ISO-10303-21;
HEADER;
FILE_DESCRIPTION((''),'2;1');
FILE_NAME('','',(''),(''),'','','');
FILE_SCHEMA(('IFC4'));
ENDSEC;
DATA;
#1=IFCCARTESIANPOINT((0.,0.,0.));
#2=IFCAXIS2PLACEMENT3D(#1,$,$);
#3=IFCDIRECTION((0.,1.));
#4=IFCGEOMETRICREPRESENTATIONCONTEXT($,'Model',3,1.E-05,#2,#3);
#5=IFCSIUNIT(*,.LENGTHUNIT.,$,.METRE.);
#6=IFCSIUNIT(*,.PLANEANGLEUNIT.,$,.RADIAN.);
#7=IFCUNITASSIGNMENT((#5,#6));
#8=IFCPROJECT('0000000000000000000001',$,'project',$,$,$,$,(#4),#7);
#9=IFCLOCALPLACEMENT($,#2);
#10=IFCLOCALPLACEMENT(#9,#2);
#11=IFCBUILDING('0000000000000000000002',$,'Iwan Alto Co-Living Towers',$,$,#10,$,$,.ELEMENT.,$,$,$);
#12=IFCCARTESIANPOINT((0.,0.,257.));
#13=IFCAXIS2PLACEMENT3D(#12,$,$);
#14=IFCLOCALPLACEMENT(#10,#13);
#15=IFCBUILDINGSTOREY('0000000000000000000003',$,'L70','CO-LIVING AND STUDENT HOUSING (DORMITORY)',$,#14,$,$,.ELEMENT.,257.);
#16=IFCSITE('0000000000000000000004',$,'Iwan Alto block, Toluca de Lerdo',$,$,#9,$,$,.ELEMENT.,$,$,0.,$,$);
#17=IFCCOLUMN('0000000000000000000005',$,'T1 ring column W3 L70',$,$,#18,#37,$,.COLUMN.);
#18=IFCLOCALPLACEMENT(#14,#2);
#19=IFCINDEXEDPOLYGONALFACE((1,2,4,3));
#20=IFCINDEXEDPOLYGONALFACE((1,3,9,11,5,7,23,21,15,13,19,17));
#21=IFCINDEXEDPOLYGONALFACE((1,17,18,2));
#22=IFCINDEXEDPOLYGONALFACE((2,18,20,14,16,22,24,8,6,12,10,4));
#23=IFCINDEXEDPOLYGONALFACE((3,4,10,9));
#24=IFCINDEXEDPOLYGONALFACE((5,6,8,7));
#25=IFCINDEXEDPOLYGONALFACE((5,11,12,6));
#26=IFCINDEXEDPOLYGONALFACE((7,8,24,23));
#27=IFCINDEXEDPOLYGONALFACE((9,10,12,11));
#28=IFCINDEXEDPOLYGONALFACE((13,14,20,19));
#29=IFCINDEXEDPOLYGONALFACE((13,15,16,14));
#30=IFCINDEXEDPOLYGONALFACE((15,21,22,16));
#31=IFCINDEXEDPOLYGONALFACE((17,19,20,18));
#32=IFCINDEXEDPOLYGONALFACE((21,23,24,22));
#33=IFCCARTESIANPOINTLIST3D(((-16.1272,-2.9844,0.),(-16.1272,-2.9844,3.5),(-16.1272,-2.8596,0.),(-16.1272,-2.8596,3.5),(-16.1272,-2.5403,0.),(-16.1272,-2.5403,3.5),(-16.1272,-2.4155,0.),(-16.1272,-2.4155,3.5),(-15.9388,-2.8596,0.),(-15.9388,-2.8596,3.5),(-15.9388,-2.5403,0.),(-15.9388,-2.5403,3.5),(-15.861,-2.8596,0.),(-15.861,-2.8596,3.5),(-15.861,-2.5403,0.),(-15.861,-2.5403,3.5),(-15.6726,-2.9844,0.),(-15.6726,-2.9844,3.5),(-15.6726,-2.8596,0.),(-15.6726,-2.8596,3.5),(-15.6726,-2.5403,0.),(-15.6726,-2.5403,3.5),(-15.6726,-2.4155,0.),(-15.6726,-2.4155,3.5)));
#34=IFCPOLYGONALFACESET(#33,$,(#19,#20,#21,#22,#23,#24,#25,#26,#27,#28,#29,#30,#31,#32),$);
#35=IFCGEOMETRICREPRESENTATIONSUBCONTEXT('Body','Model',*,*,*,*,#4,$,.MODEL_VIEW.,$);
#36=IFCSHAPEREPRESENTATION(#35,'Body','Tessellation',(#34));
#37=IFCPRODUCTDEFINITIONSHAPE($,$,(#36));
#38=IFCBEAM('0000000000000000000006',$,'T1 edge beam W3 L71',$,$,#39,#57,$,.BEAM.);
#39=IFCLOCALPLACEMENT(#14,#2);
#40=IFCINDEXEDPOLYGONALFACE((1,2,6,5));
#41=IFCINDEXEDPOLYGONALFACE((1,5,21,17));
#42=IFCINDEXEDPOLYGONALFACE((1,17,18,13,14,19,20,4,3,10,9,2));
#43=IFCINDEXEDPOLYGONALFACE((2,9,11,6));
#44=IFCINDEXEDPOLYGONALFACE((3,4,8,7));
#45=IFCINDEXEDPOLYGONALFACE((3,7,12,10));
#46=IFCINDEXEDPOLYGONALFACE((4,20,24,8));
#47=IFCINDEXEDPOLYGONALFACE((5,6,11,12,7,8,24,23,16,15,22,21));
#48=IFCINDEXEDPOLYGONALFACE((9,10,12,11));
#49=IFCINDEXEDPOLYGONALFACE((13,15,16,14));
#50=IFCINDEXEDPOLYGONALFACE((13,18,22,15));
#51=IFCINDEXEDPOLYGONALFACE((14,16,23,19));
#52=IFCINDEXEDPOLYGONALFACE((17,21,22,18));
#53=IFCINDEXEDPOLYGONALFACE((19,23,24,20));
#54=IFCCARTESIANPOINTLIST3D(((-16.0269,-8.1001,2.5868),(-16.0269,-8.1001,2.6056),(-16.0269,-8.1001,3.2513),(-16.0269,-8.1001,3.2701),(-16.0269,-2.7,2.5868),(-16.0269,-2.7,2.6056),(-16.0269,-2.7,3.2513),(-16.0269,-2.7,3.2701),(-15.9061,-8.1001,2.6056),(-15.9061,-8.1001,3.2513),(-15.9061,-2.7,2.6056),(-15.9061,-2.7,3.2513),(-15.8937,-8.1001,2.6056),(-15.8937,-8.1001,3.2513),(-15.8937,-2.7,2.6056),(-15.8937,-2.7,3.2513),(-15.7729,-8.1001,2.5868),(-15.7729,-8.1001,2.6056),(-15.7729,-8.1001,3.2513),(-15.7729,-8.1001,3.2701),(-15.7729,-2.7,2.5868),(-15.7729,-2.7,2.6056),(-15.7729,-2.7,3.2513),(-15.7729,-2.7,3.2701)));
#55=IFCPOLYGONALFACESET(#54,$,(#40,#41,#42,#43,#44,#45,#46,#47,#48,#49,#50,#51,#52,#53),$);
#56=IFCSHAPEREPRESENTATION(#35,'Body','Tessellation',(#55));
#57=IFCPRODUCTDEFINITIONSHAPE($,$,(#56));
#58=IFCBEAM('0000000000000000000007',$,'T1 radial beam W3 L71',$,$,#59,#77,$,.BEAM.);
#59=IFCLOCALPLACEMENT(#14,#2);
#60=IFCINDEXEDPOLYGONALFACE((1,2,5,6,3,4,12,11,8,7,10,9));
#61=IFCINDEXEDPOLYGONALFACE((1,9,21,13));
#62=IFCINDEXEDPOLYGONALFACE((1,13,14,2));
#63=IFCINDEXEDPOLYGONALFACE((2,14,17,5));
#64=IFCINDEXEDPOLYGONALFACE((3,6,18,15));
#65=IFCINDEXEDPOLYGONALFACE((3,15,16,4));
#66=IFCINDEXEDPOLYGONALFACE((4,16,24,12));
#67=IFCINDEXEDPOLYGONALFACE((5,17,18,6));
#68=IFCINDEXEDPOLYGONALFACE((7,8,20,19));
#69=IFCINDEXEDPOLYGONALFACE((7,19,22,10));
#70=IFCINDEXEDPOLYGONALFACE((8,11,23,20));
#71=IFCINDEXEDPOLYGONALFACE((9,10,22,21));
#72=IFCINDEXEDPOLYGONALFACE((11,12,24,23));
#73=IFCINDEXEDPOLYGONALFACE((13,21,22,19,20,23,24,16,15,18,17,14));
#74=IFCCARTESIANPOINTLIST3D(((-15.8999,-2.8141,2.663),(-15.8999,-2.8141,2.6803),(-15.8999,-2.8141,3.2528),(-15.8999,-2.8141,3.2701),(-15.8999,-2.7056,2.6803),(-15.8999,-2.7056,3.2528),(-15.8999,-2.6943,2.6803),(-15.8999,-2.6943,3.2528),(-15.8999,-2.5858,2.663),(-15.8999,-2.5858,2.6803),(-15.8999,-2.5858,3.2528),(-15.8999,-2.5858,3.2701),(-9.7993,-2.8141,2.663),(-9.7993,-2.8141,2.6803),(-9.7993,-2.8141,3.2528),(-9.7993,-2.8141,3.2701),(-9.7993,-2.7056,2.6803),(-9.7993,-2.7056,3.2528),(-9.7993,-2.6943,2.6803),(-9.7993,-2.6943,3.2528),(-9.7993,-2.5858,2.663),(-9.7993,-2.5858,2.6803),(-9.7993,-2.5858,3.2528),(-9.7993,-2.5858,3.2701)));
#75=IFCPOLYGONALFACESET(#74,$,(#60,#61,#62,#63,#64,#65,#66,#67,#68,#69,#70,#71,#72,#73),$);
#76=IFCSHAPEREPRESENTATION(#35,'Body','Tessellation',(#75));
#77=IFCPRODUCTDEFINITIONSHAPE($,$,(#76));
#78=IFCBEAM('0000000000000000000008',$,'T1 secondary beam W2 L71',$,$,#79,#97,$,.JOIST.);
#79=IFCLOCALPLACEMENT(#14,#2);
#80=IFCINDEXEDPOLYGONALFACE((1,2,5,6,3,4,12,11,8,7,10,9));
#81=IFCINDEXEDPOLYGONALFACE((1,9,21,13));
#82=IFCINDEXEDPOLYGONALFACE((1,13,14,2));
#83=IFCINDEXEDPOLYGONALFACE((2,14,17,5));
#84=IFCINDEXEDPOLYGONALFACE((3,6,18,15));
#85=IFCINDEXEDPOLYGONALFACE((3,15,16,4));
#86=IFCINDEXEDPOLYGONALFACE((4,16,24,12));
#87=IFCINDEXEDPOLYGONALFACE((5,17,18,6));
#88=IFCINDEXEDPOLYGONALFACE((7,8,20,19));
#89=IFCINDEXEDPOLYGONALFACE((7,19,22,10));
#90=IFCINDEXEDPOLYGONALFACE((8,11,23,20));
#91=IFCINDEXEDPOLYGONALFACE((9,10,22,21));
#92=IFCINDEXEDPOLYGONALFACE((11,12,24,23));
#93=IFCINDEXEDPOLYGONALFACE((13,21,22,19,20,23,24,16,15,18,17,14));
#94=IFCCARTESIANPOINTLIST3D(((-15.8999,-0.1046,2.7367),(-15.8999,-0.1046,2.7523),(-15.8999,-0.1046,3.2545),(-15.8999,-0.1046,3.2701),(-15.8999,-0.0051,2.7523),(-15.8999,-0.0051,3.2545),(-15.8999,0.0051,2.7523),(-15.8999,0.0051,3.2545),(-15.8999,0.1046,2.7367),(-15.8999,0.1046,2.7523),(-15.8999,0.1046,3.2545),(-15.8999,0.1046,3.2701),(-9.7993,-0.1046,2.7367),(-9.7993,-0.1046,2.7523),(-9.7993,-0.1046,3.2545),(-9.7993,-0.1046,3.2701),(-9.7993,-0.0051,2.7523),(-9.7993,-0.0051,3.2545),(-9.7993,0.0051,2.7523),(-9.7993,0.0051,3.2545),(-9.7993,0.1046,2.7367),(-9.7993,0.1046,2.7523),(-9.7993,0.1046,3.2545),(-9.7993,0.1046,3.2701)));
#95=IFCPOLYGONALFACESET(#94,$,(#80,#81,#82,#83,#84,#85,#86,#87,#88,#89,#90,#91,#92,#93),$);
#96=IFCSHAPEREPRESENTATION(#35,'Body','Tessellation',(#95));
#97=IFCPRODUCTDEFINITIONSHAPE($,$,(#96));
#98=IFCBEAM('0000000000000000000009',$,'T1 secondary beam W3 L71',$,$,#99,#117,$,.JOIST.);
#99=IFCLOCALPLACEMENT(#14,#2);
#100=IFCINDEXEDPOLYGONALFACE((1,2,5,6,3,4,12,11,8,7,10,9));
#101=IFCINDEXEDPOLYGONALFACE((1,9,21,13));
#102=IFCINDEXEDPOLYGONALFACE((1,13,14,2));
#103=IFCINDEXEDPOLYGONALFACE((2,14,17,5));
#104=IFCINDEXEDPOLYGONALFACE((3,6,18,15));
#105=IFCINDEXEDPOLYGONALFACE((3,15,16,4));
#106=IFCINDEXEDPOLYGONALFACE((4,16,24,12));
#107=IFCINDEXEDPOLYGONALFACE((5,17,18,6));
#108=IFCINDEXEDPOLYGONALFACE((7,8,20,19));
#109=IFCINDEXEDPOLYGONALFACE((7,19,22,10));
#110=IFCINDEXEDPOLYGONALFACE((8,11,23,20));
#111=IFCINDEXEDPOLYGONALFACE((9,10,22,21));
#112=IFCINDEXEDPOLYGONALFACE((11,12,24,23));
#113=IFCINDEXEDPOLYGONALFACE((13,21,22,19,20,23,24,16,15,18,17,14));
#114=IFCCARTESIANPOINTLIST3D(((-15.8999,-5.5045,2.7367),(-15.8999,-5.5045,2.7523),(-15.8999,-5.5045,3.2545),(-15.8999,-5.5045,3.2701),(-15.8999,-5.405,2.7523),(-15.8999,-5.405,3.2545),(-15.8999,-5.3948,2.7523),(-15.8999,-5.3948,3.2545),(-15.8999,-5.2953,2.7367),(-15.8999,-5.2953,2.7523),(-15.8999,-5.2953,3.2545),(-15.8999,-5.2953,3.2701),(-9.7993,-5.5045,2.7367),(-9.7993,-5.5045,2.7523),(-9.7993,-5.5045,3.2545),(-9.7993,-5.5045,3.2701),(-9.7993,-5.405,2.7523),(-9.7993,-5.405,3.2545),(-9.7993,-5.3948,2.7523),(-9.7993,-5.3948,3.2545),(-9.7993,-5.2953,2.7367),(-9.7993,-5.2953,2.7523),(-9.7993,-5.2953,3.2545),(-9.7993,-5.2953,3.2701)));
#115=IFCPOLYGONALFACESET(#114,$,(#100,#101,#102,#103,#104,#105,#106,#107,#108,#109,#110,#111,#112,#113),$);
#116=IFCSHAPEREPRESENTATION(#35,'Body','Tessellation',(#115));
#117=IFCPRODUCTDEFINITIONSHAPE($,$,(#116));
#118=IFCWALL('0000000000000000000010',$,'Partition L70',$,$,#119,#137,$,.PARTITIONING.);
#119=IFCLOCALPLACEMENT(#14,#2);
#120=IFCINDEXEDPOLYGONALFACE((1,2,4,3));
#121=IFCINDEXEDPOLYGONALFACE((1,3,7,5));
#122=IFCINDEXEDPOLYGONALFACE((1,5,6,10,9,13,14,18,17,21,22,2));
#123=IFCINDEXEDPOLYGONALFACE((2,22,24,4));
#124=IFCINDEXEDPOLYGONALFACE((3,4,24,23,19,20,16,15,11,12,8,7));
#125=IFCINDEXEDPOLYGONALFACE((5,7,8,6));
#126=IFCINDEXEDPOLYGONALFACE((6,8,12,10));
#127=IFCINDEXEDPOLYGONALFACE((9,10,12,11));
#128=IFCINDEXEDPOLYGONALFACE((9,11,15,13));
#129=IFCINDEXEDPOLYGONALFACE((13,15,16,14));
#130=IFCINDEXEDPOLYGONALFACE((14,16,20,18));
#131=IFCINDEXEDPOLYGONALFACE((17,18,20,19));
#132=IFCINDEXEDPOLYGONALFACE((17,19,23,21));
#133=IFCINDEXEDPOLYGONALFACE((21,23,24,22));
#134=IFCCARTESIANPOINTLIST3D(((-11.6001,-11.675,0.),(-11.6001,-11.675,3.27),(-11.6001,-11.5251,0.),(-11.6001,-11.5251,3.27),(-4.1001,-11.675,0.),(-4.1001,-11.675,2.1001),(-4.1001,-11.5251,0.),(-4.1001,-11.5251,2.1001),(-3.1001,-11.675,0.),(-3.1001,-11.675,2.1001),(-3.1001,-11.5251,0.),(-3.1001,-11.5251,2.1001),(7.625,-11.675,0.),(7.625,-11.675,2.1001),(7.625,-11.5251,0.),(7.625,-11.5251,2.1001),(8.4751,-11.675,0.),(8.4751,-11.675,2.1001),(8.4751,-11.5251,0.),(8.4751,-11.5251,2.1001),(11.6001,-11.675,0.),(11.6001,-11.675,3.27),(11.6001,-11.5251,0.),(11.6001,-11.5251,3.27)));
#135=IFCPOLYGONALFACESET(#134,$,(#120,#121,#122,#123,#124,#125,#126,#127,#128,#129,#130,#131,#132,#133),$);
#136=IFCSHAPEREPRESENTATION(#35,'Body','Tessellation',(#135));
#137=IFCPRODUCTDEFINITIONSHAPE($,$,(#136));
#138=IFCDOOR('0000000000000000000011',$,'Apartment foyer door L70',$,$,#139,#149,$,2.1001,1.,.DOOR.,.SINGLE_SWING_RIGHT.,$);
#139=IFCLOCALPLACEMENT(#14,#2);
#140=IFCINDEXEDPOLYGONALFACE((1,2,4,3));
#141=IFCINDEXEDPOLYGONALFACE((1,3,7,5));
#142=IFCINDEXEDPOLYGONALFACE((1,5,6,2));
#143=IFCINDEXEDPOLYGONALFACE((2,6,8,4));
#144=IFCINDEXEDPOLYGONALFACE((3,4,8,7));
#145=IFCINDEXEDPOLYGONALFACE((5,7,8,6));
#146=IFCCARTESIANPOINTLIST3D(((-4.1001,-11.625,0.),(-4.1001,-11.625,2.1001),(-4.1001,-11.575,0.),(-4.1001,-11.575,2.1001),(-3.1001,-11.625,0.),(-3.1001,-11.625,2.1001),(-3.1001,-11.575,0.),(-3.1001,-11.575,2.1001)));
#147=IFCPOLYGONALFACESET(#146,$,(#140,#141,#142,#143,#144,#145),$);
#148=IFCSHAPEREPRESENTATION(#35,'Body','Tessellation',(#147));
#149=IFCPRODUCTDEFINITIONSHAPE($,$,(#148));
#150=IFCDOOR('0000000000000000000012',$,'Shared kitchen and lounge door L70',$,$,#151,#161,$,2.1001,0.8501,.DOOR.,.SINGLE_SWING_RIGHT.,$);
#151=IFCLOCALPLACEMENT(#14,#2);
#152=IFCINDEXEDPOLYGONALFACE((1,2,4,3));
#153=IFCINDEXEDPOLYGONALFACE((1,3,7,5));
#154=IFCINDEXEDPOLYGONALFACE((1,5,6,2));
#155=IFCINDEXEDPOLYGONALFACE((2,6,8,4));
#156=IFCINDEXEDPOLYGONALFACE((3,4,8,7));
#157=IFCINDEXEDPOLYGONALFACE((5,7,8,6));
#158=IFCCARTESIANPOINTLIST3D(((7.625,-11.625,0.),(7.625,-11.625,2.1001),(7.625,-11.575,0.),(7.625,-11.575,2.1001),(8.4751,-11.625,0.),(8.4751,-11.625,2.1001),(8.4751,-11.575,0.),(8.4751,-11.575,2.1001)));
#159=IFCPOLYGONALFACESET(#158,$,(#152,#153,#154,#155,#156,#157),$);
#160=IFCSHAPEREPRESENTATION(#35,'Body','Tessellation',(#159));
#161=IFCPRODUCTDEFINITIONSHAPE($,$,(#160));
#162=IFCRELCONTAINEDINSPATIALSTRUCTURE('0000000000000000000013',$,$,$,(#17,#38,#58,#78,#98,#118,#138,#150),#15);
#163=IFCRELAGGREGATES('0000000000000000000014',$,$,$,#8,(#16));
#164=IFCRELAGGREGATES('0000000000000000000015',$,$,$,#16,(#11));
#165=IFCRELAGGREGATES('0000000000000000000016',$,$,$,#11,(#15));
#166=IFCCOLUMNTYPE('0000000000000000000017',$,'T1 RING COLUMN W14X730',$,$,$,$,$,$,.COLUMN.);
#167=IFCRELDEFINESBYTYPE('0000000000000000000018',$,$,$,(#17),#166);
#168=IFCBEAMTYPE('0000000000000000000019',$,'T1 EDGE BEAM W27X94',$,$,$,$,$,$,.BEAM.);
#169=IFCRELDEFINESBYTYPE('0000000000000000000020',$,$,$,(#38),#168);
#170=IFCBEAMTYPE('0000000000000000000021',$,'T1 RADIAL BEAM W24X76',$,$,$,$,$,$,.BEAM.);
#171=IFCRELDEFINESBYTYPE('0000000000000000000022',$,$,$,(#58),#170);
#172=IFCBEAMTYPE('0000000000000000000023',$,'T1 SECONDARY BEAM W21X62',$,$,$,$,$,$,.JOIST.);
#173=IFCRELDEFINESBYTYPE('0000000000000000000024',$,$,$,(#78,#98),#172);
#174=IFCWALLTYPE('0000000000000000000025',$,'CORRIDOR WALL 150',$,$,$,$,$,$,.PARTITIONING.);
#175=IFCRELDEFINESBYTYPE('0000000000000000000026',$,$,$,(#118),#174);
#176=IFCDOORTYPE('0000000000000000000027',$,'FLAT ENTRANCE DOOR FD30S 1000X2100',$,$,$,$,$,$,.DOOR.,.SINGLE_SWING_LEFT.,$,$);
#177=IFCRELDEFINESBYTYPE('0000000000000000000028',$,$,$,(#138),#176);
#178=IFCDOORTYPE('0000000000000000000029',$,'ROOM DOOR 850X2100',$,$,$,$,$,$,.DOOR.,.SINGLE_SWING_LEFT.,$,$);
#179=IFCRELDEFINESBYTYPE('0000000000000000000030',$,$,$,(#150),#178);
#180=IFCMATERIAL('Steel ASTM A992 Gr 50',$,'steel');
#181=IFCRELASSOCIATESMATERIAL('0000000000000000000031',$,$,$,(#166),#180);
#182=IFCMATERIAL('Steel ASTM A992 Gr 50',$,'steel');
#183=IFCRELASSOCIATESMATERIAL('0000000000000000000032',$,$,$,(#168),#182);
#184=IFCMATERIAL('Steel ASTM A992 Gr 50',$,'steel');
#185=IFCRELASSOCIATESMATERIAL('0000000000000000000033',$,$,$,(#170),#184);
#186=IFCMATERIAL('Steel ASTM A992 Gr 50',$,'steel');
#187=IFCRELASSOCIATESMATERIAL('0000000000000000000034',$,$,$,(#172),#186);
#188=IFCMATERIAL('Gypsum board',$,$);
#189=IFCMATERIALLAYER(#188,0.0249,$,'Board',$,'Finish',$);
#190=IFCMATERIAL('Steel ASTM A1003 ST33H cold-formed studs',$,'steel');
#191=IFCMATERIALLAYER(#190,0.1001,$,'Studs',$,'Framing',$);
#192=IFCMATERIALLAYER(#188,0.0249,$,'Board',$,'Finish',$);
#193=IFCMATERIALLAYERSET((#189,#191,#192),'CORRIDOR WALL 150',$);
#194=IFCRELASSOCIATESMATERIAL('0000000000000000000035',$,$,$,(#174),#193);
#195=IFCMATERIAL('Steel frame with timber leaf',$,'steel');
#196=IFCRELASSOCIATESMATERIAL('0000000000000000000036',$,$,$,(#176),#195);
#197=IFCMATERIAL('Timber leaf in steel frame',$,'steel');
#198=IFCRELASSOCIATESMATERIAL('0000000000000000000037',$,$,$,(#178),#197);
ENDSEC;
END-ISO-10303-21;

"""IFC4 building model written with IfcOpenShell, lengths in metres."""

from ifc_helpers import new_model, si_unit, direction, frame, frame_2d, origin, origin_2d, place, context, subcontext, project, spatial, rectangle, i_section, extrude, material, layer, layer_set, material_profile, profile_set, type_object, element, fill, save


model = new_model("IFC4")

# Units and contexts
model_context = context("Model", 3, precision=1e-05, world=origin(), true_north=direction((0.0, 1.0)))
body_context = subcontext(model_context, "Body", "Model", "MODEL_VIEW")
ifc_project = project(units=[si_unit("LENGTHUNIT", "METRE"), si_unit("PLANEANGLEUNIT", "RADIAN")], contexts=[model_context])

# Site, building, storey
site_placement = place(None, origin())
site = spatial("IfcSite", under=ifc_project, at=site_placement, Name="Iwan Alto block, Toluca de Lerdo", CompositionType="ELEMENT", RefElevation=0.0)
building_placement = place(site_placement, origin())
building = spatial("IfcBuilding", under=site, at=building_placement, Name="Iwan Alto Co-Living Towers", CompositionType="ELEMENT")
storey_placement = place(building_placement, frame((0.0, 0.0, 257.0)))
storey = spatial("IfcBuildingStorey", under=building, at=storey_placement, Name="L70", Description="CO-LIVING AND STUDENT HOUSING (DORMITORY)", CompositionType="ELEMENT", Elevation=257.0)

# Column
ifc_material_1 = material(Name="Steel ASTM A992 Gr 50", Category="steel")
ifc_material_profile_1 = material_profile(ifc_material_1, i_section(OverallWidth=0.4546, OverallDepth=0.5688, WebThickness=0.0779, FlangeThickness=0.1248, at=origin_2d()), Name="W14X730")
ifc_profile_set_1 = profile_set([ifc_material_profile_1], Name="Steel ASTM A992 Gr 50")
column_type = type_object("IfcColumnType", Name="T1 RING COLUMN W14X730", PredefinedType="COLUMN", material=ifc_profile_set_1)
column_placement = place(storey_placement, frame((-15.8999, -2.7, 0.0), z_axis=(0.0, 0.0, 1.0), x_axis=(1.0, 0.0, 0.0)))
element("IfcColumn", 1, at=column_placement, inside=storey, type_object=column_type, Name="T1 ring column W3 L70", PredefinedType="COLUMN", context=body_context, shape_type="SweptSolid", body=[
    extrude(i_section(OverallWidth=0.4546, OverallDepth=0.5688, WebThickness=0.0779, FlangeThickness=0.1248, at=origin_2d()), origin(), (0.0, 0.0, 1.0), 3.5),
])

# Beams
ifc_material_2 = material(Name="Steel ASTM A992 Gr 50", Category="steel")
ifc_material_profile_2 = material_profile(ifc_material_2, i_section(OverallWidth=0.2539, OverallDepth=0.6833, WebThickness=0.0125, FlangeThickness=0.0188, at=origin_2d()), Name="W27X94")
ifc_profile_set_2 = profile_set([ifc_material_profile_2], Name="Steel ASTM A992 Gr 50")
beam_type_1 = type_object("IfcBeamType", Name="T1 EDGE BEAM W27X94", PredefinedType="BEAM", material=ifc_profile_set_2)
beam_1_placement = place(storey_placement, frame((-15.8999, -2.7, 2.9285), z_axis=(0.0, -1.0, 0.0), x_axis=(1.0, 0.0, 0.0)))
element("IfcBeam", 2, at=beam_1_placement, inside=storey, type_object=beam_type_1, Name="T1 edge beam W3 L71", PredefinedType="BEAM", context=body_context, shape_type="SweptSolid", body=[
    extrude(i_section(OverallWidth=0.2539, OverallDepth=0.6833, WebThickness=0.0125, FlangeThickness=0.0188, at=origin_2d()), origin(), (0.0, 0.0, 1.0), 5.4001),
])
ifc_material_3 = material(Name="Steel ASTM A992 Gr 50", Category="steel")
ifc_material_profile_3 = material_profile(ifc_material_3, i_section(OverallWidth=0.2283, OverallDepth=0.6072, WebThickness=0.0112, FlangeThickness=0.0173, at=origin_2d()), Name="W24X76")
ifc_profile_set_3 = profile_set([ifc_material_profile_3], Name="Steel ASTM A992 Gr 50")
beam_type_2 = type_object("IfcBeamType", Name="T1 RADIAL BEAM W24X76", PredefinedType="BEAM", material=ifc_profile_set_3)
beam_2_placement = place(storey_placement, frame((-15.8999, -2.7, 2.9666), z_axis=(1.0, 0.0, 0.0), x_axis=(0.0, 1.0, 0.0)))
element("IfcBeam", 3, at=beam_2_placement, inside=storey, type_object=beam_type_2, Name="T1 radial beam W3 L71", PredefinedType="BEAM", context=body_context, shape_type="SweptSolid", body=[
    extrude(i_section(OverallWidth=0.2283, OverallDepth=0.6072, WebThickness=0.0112, FlangeThickness=0.0173, at=origin_2d()), origin(), (0.0, 0.0, 1.0), 6.1006),
])
ifc_material_4 = material(Name="Steel ASTM A992 Gr 50", Category="steel")
ifc_material_profile_4 = material_profile(ifc_material_4, i_section(OverallWidth=0.2092, OverallDepth=0.5334, WebThickness=0.0103, FlangeThickness=0.0156, at=origin_2d()), Name="W21X62")
ifc_profile_set_4 = profile_set([ifc_material_profile_4], Name="Steel ASTM A992 Gr 50")
beam_type_3 = type_object("IfcBeamType", Name="T1 SECONDARY BEAM W21X62", PredefinedType="JOIST", material=ifc_profile_set_4)
for number, where, z_axis, x_axis, name in (
    (4, (-15.8999, 0.0, 3.0034), (1.0, 0.0, 0.0), (0.0, 1.0, 0.0), "T1 secondary beam W2 L71"),
    (5, (-15.8999, -5.3999, 3.0034), (1.0, 0.0, 0.0), (0.0, 1.0, 0.0), "T1 secondary beam W3 L71"),
):
    element("IfcBeam", number, at=place(storey_placement, frame(where, z_axis=z_axis, x_axis=x_axis)), inside=storey, type_object=beam_type_3, Name=name, PredefinedType="JOIST", context=body_context, shape_type="SweptSolid", body=[
        extrude(i_section(OverallWidth=0.2092, OverallDepth=0.5334, WebThickness=0.0103, FlangeThickness=0.0156, at=origin_2d()), origin(), (0.0, 0.0, 1.0), 6.1006),
    ])

# Wall, openings, doors
ifc_material_5 = material(Name="Gypsum board")
ifc_layer_1 = layer(ifc_material_5, 0.0249, Name="Board", Category="Finish")
ifc_material_6 = material(Name="Steel ASTM A1003 ST33H cold-formed studs", Category="steel")
ifc_layer_2 = layer(ifc_material_6, 0.1001, Name="Studs", Category="Framing")
ifc_layer_3 = layer(ifc_material_5, 0.0249, Name="Board", Category="Finish")
ifc_layer_set_1 = layer_set([ifc_layer_1, ifc_layer_2, ifc_layer_3], Name="CORRIDOR WALL 150")
wall_type_1 = type_object("IfcWallType", Name="CORRIDOR WALL 150", PredefinedType="PARTITIONING", material=ifc_layer_set_1)
wall_1_placement = place(storey_placement, frame((-11.6001, -11.6001, 0.0), z_axis=(0.0, 0.0, 1.0), x_axis=(1.0, 0.0, 0.0)))
wall_1 = element("IfcWall", 6, at=wall_1_placement, inside=storey, type_object=wall_type_1, Name="Partition L70", PredefinedType="PARTITIONING", context=body_context, shape_type="SweptSolid", body=[
    extrude(rectangle(XDim=23.2002, YDim=0.1499, at=frame_2d((11.6001, 0.0))), origin(), (0.0, 0.0, 1.0), 3.27),
])
opening_1_placement = place(wall_1_placement, frame((7.5, 0.0, 0.0)))
opening_1 = element("IfcOpeningElement", 7, at=opening_1_placement, cuts=wall_1, PredefinedType="OPENING", context=body_context, shape_type="SweptSolid", body=[
    extrude(rectangle(XDim=1.0, YDim=2.1001, at=frame_2d((0.5, 1.05))), frame((0.0, 0.085, 0.0), z_axis=(0.0, -1.0, 0.0), x_axis=(1.0, 0.0, 0.0)), (0.0, 0.0, 1.0), 0.1699),
])
opening_2_placement = place(wall_1_placement, frame((19.2251, 0.0, 0.0)))
opening_2 = element("IfcOpeningElement", 8, at=opening_2_placement, cuts=wall_1, PredefinedType="OPENING", context=body_context, shape_type="SweptSolid", body=[
    extrude(rectangle(XDim=0.8501, YDim=2.1001, at=frame_2d((0.425, 1.05))), frame((0.0, 0.085, 0.0), z_axis=(0.0, -1.0, 0.0), x_axis=(1.0, 0.0, 0.0)), (0.0, 0.0, 1.0), 0.1699),
])
ifc_material_7 = material(Name="Steel frame with timber leaf", Category="steel")
door_type_1 = type_object("IfcDoorType", Name="FLAT ENTRANCE DOOR FD30S 1000X2100", OperationType="SINGLE_SWING_LEFT", PredefinedType="DOOR", material=ifc_material_7)
door_1_placement = place(opening_1_placement, frame((1.0, 0.0, 0.0), z_axis=(0.0, 0.0, 1.0), x_axis=(-1.0, 0.0, 0.0)))
door_1 = element("IfcDoor", 9, at=door_1_placement, inside=storey, type_object=door_type_1, Name="Apartment foyer door L70", OperationType="SINGLE_SWING_RIGHT", OverallHeight=2.1001, OverallWidth=1.0, PredefinedType="DOOR", context=body_context, shape_type="SweptSolid", body=[
    extrude(rectangle(XDim=1.0, YDim=2.1001, at=frame_2d((0.5, 1.05))), frame((0.0, 0.0249, 0.0), z_axis=(0.0, -1.0, 0.0), x_axis=(1.0, 0.0, 0.0)), (0.0, 0.0, 1.0), 0.05),
])
fill(opening_1, door_1)
ifc_material_8 = material(Name="Timber leaf in steel frame", Category="steel")
door_type_2 = type_object("IfcDoorType", Name="ROOM DOOR 850X2100", OperationType="SINGLE_SWING_LEFT", PredefinedType="DOOR", material=ifc_material_8)
door_2_placement = place(opening_2_placement, frame((0.8501, 0.0, 0.0), z_axis=(0.0, 0.0, 1.0), x_axis=(-1.0, 0.0, 0.0)))
door_2 = element("IfcDoor", 10, at=door_2_placement, inside=storey, type_object=door_type_2, Name="Shared kitchen and lounge door L70", OperationType="SINGLE_SWING_RIGHT", OverallHeight=2.1001, OverallWidth=0.8501, PredefinedType="DOOR", context=body_context, shape_type="SweptSolid", body=[
    extrude(rectangle(XDim=0.8501, YDim=2.1001, at=frame_2d((0.425, 1.05))), frame((0.0, 0.0249, 0.0), z_axis=(0.0, -1.0, 0.0), x_axis=(1.0, 0.0, 0.0)), (0.0, 0.0, 1.0), 0.05),
])
fill(opening_2, door_2)

save(model, "model.ifc")
